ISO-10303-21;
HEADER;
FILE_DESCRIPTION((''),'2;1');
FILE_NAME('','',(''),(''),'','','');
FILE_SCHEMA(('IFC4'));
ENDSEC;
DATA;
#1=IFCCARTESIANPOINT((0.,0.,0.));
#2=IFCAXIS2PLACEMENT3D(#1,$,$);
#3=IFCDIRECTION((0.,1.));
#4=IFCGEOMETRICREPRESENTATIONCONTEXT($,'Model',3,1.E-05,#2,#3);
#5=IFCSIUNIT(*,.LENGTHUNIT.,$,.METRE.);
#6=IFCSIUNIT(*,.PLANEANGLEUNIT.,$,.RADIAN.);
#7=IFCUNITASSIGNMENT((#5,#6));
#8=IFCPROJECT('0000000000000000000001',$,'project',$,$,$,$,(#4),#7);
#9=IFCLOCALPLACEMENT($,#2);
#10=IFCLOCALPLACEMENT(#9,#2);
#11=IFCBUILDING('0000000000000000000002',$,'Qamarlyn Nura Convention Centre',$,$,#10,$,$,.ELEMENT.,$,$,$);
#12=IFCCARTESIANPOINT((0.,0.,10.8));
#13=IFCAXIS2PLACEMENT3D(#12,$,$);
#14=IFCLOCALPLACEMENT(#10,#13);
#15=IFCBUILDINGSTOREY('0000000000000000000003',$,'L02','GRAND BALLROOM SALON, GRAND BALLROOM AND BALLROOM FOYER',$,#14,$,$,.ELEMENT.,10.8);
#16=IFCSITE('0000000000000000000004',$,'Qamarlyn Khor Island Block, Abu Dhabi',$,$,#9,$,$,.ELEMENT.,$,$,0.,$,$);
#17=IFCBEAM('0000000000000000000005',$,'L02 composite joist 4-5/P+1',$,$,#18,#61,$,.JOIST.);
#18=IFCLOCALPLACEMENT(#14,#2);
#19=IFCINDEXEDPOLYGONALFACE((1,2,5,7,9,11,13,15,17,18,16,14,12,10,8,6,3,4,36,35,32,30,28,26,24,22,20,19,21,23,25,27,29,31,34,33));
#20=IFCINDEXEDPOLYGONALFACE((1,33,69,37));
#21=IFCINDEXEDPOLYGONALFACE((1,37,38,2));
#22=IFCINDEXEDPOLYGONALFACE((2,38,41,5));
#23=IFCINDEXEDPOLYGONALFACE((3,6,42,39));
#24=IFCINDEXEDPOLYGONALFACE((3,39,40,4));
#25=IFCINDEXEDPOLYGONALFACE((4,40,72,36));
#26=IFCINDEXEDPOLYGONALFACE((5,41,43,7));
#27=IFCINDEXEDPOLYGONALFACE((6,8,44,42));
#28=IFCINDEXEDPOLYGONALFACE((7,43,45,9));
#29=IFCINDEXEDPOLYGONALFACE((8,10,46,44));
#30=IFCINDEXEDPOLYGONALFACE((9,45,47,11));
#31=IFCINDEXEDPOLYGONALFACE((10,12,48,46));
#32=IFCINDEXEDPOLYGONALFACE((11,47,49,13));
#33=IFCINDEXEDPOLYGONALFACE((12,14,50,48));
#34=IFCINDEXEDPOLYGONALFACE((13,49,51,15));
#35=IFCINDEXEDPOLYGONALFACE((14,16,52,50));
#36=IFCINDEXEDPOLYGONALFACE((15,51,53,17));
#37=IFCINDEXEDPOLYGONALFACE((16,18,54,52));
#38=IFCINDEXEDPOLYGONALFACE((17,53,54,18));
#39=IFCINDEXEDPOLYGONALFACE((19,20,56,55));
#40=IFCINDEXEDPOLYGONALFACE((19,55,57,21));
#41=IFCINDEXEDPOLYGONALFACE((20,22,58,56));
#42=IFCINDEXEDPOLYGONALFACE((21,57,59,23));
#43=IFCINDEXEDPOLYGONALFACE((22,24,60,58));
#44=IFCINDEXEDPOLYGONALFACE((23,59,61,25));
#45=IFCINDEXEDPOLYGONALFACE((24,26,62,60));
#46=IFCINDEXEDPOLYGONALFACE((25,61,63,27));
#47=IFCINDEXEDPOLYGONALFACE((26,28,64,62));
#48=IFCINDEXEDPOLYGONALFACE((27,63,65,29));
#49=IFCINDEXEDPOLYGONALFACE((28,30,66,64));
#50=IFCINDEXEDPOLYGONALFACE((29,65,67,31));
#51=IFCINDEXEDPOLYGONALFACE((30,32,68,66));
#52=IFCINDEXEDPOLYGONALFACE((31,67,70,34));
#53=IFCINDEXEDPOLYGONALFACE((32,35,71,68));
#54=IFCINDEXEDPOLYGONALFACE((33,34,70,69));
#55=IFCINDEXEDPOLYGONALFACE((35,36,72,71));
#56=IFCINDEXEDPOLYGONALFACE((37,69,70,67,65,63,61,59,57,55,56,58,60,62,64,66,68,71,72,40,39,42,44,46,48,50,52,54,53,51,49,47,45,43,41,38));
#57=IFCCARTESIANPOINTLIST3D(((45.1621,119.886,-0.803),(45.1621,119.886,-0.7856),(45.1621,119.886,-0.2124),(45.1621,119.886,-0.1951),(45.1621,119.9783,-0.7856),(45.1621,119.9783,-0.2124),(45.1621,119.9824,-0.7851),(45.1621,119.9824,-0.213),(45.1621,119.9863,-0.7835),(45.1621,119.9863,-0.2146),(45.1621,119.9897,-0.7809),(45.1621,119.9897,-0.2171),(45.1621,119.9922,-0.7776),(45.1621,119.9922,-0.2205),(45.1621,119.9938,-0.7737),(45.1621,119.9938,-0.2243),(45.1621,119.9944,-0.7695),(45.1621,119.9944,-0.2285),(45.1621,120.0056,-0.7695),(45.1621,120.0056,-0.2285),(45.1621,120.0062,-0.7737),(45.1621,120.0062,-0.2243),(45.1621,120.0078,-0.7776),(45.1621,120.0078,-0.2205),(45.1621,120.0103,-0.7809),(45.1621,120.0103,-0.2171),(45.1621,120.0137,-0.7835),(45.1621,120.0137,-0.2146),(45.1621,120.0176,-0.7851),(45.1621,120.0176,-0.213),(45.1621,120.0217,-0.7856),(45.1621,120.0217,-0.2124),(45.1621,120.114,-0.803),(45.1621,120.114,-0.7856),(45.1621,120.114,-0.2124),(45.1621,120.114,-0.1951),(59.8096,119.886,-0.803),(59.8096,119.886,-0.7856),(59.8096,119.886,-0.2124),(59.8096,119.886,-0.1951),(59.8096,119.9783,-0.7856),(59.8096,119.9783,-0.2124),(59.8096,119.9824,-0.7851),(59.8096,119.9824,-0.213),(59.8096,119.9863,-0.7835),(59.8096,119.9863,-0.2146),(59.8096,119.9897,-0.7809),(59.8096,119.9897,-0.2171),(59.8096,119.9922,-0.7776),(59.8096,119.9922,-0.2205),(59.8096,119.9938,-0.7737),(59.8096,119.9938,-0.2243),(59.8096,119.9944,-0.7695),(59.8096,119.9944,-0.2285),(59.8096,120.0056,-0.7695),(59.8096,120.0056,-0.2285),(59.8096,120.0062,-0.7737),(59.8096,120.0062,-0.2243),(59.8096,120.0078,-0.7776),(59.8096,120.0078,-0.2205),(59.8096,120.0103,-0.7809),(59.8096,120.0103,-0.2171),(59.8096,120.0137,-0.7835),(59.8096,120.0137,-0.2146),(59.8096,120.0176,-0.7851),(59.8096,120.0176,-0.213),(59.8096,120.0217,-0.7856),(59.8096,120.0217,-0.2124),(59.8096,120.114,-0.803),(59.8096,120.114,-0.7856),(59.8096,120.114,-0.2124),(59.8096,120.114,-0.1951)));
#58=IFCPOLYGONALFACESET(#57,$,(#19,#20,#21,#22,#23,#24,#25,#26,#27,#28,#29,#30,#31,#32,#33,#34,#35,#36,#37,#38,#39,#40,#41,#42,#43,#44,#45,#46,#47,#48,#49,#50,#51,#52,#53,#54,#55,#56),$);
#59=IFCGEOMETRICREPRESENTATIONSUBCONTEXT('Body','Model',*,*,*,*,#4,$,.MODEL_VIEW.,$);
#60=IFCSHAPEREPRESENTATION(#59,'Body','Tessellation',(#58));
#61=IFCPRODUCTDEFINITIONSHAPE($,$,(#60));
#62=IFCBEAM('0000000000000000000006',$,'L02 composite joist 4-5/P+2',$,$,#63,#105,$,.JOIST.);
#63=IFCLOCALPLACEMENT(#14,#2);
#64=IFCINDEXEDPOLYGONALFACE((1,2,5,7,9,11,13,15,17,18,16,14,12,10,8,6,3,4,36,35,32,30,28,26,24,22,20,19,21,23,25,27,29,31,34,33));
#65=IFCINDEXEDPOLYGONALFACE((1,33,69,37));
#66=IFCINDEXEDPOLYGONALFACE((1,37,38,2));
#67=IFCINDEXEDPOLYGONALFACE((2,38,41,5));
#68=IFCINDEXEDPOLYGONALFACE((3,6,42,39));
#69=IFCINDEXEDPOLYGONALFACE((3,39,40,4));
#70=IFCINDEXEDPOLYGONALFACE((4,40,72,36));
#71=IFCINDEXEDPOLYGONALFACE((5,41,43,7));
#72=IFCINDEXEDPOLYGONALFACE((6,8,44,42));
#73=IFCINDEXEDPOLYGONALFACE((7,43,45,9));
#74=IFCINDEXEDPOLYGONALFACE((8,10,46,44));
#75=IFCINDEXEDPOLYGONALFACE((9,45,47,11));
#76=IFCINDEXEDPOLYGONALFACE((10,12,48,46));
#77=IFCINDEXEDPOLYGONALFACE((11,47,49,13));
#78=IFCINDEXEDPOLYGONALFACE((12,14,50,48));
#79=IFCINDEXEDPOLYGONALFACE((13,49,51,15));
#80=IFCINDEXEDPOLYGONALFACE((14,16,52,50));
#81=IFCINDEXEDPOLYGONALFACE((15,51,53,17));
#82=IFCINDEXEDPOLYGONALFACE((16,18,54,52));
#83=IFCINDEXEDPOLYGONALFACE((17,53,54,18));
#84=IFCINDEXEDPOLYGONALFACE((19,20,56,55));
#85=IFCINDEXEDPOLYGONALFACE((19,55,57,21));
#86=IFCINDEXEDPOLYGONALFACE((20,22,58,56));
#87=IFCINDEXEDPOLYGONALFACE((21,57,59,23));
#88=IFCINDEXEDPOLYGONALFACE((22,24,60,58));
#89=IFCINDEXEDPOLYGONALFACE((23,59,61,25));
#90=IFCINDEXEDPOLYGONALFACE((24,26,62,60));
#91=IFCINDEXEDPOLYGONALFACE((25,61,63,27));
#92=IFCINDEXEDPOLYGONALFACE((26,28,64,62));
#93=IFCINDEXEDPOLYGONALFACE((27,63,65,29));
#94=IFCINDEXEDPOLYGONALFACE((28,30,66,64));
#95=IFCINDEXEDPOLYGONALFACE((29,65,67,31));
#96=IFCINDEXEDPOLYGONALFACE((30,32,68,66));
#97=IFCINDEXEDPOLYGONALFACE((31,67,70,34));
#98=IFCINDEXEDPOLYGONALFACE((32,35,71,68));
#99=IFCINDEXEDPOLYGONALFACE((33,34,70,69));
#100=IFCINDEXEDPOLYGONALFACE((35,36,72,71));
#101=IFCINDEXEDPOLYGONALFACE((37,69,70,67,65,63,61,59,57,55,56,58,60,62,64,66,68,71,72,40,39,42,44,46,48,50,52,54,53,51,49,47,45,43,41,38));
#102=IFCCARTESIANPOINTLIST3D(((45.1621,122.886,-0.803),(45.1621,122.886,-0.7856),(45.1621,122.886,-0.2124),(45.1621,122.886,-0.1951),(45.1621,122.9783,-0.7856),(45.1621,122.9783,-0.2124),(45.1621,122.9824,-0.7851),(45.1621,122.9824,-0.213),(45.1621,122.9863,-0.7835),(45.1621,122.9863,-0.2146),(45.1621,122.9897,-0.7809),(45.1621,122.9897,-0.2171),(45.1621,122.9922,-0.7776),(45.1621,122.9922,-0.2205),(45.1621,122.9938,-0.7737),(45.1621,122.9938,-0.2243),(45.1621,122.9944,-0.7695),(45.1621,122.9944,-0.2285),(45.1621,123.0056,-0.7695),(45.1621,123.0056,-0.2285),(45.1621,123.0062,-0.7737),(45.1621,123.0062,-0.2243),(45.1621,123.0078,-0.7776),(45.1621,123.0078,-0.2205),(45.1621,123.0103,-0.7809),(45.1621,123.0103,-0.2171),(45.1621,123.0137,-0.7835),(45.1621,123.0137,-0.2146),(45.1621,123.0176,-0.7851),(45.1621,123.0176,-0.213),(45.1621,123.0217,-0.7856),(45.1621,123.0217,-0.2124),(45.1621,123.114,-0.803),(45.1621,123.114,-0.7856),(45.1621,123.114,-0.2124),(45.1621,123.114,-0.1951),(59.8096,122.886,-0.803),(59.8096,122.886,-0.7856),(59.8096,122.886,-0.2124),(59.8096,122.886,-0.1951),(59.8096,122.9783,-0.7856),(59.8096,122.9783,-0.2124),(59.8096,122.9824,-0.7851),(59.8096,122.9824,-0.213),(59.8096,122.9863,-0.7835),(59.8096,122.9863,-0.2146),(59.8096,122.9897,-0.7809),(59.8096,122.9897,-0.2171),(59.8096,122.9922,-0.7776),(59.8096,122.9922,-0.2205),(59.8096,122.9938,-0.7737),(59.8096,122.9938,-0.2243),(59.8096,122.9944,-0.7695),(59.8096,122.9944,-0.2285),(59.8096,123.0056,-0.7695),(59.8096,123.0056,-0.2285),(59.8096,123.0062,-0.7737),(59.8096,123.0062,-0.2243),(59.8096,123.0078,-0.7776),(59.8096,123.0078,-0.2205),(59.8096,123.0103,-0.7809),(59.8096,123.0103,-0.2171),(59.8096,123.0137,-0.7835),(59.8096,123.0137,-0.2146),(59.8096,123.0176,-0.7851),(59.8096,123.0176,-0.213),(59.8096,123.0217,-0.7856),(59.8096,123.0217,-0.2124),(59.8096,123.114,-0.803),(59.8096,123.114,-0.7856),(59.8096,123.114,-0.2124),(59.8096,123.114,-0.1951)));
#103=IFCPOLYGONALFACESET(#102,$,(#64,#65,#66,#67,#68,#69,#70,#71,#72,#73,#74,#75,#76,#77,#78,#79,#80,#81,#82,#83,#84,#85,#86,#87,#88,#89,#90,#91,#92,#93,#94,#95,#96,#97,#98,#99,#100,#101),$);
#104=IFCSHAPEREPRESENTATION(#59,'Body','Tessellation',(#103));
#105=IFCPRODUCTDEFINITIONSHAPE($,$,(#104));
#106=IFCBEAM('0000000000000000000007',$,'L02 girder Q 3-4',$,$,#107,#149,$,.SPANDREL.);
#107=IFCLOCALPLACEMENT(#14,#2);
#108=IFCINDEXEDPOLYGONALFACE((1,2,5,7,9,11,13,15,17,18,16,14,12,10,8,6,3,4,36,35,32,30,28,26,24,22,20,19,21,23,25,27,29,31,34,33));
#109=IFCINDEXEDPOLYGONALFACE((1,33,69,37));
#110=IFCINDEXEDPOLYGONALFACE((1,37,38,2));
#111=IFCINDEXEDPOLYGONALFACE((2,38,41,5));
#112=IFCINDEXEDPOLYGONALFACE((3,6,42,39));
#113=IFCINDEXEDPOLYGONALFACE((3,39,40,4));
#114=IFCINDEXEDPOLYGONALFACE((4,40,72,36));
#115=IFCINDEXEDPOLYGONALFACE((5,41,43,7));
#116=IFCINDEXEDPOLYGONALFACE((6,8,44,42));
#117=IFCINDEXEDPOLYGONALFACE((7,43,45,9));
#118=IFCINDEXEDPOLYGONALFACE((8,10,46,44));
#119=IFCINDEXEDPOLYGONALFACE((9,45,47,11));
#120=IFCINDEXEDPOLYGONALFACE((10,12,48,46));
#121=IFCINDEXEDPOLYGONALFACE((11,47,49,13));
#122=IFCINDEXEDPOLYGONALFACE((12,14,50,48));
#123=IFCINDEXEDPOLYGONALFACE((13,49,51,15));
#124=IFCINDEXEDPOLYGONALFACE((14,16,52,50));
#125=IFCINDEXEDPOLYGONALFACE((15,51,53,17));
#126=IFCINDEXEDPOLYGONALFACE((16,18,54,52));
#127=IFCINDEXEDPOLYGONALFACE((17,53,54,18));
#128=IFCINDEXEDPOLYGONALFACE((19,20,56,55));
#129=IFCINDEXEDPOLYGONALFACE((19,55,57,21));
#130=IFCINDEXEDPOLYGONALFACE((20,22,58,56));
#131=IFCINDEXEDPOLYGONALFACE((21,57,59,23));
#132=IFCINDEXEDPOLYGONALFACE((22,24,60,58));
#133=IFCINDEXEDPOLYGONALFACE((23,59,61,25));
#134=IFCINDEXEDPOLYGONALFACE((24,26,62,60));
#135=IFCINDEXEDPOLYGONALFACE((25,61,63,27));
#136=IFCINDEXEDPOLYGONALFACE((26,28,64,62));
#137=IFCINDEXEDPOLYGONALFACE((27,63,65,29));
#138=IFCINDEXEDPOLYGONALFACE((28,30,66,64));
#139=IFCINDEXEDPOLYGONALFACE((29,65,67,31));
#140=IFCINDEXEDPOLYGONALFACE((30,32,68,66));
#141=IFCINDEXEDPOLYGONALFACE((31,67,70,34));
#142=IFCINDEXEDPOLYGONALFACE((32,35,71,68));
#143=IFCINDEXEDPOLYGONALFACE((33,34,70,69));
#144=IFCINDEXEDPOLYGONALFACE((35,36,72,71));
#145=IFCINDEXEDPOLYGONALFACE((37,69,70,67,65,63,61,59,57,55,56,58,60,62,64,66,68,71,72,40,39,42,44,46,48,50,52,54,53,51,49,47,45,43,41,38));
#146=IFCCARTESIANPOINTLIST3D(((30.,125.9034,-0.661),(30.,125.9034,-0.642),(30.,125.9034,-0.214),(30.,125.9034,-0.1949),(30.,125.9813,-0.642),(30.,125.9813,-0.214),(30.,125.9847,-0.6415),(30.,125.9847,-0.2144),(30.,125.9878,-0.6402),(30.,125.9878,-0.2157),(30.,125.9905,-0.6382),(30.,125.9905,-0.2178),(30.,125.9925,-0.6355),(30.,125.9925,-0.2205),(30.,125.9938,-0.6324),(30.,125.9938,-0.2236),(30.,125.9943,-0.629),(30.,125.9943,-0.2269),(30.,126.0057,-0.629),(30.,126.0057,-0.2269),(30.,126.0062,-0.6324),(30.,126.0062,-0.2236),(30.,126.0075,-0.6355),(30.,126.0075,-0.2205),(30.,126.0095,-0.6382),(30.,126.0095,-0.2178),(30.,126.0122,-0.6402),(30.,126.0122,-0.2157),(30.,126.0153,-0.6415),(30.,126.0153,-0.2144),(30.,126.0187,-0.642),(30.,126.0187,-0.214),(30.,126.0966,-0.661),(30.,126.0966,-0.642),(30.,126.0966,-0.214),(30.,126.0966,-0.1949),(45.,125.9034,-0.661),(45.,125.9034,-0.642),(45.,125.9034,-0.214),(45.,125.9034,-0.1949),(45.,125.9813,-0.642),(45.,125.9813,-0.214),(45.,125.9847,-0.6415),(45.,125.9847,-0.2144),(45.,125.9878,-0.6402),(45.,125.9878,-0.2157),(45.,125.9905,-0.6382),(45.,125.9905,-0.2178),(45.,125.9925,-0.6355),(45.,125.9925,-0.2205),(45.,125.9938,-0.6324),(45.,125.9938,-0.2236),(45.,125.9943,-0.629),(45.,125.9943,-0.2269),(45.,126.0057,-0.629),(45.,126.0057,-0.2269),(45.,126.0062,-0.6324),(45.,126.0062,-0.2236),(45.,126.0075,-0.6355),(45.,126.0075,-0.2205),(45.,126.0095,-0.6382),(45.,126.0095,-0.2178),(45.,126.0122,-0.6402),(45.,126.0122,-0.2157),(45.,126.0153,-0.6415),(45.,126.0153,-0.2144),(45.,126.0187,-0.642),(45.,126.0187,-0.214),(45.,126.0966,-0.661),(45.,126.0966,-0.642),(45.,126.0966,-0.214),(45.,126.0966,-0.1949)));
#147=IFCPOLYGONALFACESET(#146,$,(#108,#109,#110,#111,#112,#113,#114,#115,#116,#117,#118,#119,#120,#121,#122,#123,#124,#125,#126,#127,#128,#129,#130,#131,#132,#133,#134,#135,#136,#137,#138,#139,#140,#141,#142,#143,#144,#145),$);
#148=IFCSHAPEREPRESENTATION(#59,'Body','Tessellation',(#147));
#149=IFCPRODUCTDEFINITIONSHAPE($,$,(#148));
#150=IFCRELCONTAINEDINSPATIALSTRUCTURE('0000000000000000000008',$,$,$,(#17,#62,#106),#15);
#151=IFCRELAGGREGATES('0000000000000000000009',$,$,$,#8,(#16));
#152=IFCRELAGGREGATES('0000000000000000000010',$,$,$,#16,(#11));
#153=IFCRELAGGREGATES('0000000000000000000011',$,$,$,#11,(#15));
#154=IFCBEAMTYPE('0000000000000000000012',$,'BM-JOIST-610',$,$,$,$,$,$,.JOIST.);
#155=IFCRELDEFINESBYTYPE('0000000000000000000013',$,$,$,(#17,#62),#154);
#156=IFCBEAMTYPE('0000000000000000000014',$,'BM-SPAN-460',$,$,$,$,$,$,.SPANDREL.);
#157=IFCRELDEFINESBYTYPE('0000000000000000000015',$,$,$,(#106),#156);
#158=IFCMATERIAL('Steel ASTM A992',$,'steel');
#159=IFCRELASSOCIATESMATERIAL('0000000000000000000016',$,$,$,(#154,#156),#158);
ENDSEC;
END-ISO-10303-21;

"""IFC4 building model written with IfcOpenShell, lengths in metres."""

from ifc_helpers import new_model, si_unit, direction, frame, origin, origin_2d, place, context, subcontext, project, spatial, i_section, extrude, material, material_profile, profile_set, type_object, element, save


model = new_model("IFC4")

# Units and contexts
model_context = context("Model", 3, precision=1e-05, world=origin(), true_north=direction((0.0, 1.0)))
body_context = subcontext(model_context, "Body", "Model", "MODEL_VIEW")
ifc_project = project(units=[si_unit("LENGTHUNIT", "METRE"), si_unit("PLANEANGLEUNIT", "RADIAN")], contexts=[model_context])

# Site, building, storey
site_placement = place(None, origin())
site = spatial("IfcSite", under=ifc_project, at=site_placement, Name="Qamarlyn Khor Island Block, Abu Dhabi", CompositionType="ELEMENT", RefElevation=0.0)
building_placement = place(site_placement, origin())
building = spatial("IfcBuilding", under=site, at=building_placement, Name="Qamarlyn Nura Convention Centre", CompositionType="ELEMENT")
storey_placement = place(building_placement, frame((0.0, 0.0, 10.8)))
storey = spatial("IfcBuildingStorey", under=building, at=storey_placement, Name="L02", Description="GRAND BALLROOM SALON, GRAND BALLROOM AND BALLROOM FOYER", CompositionType="ELEMENT", Elevation=10.8)

# Beams
ifc_material_1 = material(Name="Steel ASTM A992", Category="steel")
ifc_material_profile_1 = material_profile(ifc_material_1, i_section(OverallWidth=0.228, OverallDepth=0.6079, WebThickness=0.0112, FlangeThickness=0.0173, FilletRadius=0.0161, at=origin_2d()), Name="W610X113")
ifc_profile_set_1 = profile_set([ifc_material_profile_1], Name="Steel ASTM A992")
beam_type_1 = type_object("IfcBeamType", Name="BM-JOIST-610", PredefinedType="JOIST", material=ifc_profile_set_1)
for number, where, z_axis, x_axis, name in (
    (1, (45.1621, 120.0, -0.499), (1.0, 0.0, 0.0), (0.0, 1.0, 0.0), "L02 composite joist 4-5/P+1"),
    (2, (45.1621, 123.0, -0.499), (1.0, 0.0, 0.0), (0.0, 1.0, 0.0), "L02 composite joist 4-5/P+2"),
):
    element("IfcBeam", number, at=place(storey_placement, frame(where, z_axis=z_axis, x_axis=x_axis)), inside=storey, type_object=beam_type_1, Name=name, PredefinedType="JOIST", context=body_context, shape_type="SweptSolid", body=[
        extrude(i_section(OverallWidth=0.228, OverallDepth=0.6079, WebThickness=0.0112, FlangeThickness=0.0173, FilletRadius=0.0161, at=origin_2d()), origin(), (0.0, 0.0, 1.0), 14.6475),
    ])
ifc_material_profile_2 = material_profile(ifc_material_1, i_section(OverallWidth=0.1931, OverallDepth=0.4661, WebThickness=0.0115, FlangeThickness=0.019, FilletRadius=0.0129, at=origin_2d()), Name="W460X97")
ifc_profile_set_2 = profile_set([ifc_material_profile_2], Name="Steel ASTM A992")
beam_type_2 = type_object("IfcBeamType", Name="BM-SPAN-460", PredefinedType="SPANDREL", material=ifc_profile_set_2)
beam_1_placement = place(storey_placement, frame((30.0, 126.0, -0.428), z_axis=(1.0, 0.0, 0.0), x_axis=(0.0, 1.0, 0.0)))
element("IfcBeam", 3, at=beam_1_placement, inside=storey, type_object=beam_type_2, Name="L02 girder Q 3-4", PredefinedType="SPANDREL", context=body_context, shape_type="SweptSolid", body=[
    extrude(i_section(OverallWidth=0.1931, OverallDepth=0.4661, WebThickness=0.0115, FlangeThickness=0.019, FilletRadius=0.0129, at=origin_2d()), origin(), (0.0, 0.0, 1.0), 15.0),
])

save(model, "model.ifc")
